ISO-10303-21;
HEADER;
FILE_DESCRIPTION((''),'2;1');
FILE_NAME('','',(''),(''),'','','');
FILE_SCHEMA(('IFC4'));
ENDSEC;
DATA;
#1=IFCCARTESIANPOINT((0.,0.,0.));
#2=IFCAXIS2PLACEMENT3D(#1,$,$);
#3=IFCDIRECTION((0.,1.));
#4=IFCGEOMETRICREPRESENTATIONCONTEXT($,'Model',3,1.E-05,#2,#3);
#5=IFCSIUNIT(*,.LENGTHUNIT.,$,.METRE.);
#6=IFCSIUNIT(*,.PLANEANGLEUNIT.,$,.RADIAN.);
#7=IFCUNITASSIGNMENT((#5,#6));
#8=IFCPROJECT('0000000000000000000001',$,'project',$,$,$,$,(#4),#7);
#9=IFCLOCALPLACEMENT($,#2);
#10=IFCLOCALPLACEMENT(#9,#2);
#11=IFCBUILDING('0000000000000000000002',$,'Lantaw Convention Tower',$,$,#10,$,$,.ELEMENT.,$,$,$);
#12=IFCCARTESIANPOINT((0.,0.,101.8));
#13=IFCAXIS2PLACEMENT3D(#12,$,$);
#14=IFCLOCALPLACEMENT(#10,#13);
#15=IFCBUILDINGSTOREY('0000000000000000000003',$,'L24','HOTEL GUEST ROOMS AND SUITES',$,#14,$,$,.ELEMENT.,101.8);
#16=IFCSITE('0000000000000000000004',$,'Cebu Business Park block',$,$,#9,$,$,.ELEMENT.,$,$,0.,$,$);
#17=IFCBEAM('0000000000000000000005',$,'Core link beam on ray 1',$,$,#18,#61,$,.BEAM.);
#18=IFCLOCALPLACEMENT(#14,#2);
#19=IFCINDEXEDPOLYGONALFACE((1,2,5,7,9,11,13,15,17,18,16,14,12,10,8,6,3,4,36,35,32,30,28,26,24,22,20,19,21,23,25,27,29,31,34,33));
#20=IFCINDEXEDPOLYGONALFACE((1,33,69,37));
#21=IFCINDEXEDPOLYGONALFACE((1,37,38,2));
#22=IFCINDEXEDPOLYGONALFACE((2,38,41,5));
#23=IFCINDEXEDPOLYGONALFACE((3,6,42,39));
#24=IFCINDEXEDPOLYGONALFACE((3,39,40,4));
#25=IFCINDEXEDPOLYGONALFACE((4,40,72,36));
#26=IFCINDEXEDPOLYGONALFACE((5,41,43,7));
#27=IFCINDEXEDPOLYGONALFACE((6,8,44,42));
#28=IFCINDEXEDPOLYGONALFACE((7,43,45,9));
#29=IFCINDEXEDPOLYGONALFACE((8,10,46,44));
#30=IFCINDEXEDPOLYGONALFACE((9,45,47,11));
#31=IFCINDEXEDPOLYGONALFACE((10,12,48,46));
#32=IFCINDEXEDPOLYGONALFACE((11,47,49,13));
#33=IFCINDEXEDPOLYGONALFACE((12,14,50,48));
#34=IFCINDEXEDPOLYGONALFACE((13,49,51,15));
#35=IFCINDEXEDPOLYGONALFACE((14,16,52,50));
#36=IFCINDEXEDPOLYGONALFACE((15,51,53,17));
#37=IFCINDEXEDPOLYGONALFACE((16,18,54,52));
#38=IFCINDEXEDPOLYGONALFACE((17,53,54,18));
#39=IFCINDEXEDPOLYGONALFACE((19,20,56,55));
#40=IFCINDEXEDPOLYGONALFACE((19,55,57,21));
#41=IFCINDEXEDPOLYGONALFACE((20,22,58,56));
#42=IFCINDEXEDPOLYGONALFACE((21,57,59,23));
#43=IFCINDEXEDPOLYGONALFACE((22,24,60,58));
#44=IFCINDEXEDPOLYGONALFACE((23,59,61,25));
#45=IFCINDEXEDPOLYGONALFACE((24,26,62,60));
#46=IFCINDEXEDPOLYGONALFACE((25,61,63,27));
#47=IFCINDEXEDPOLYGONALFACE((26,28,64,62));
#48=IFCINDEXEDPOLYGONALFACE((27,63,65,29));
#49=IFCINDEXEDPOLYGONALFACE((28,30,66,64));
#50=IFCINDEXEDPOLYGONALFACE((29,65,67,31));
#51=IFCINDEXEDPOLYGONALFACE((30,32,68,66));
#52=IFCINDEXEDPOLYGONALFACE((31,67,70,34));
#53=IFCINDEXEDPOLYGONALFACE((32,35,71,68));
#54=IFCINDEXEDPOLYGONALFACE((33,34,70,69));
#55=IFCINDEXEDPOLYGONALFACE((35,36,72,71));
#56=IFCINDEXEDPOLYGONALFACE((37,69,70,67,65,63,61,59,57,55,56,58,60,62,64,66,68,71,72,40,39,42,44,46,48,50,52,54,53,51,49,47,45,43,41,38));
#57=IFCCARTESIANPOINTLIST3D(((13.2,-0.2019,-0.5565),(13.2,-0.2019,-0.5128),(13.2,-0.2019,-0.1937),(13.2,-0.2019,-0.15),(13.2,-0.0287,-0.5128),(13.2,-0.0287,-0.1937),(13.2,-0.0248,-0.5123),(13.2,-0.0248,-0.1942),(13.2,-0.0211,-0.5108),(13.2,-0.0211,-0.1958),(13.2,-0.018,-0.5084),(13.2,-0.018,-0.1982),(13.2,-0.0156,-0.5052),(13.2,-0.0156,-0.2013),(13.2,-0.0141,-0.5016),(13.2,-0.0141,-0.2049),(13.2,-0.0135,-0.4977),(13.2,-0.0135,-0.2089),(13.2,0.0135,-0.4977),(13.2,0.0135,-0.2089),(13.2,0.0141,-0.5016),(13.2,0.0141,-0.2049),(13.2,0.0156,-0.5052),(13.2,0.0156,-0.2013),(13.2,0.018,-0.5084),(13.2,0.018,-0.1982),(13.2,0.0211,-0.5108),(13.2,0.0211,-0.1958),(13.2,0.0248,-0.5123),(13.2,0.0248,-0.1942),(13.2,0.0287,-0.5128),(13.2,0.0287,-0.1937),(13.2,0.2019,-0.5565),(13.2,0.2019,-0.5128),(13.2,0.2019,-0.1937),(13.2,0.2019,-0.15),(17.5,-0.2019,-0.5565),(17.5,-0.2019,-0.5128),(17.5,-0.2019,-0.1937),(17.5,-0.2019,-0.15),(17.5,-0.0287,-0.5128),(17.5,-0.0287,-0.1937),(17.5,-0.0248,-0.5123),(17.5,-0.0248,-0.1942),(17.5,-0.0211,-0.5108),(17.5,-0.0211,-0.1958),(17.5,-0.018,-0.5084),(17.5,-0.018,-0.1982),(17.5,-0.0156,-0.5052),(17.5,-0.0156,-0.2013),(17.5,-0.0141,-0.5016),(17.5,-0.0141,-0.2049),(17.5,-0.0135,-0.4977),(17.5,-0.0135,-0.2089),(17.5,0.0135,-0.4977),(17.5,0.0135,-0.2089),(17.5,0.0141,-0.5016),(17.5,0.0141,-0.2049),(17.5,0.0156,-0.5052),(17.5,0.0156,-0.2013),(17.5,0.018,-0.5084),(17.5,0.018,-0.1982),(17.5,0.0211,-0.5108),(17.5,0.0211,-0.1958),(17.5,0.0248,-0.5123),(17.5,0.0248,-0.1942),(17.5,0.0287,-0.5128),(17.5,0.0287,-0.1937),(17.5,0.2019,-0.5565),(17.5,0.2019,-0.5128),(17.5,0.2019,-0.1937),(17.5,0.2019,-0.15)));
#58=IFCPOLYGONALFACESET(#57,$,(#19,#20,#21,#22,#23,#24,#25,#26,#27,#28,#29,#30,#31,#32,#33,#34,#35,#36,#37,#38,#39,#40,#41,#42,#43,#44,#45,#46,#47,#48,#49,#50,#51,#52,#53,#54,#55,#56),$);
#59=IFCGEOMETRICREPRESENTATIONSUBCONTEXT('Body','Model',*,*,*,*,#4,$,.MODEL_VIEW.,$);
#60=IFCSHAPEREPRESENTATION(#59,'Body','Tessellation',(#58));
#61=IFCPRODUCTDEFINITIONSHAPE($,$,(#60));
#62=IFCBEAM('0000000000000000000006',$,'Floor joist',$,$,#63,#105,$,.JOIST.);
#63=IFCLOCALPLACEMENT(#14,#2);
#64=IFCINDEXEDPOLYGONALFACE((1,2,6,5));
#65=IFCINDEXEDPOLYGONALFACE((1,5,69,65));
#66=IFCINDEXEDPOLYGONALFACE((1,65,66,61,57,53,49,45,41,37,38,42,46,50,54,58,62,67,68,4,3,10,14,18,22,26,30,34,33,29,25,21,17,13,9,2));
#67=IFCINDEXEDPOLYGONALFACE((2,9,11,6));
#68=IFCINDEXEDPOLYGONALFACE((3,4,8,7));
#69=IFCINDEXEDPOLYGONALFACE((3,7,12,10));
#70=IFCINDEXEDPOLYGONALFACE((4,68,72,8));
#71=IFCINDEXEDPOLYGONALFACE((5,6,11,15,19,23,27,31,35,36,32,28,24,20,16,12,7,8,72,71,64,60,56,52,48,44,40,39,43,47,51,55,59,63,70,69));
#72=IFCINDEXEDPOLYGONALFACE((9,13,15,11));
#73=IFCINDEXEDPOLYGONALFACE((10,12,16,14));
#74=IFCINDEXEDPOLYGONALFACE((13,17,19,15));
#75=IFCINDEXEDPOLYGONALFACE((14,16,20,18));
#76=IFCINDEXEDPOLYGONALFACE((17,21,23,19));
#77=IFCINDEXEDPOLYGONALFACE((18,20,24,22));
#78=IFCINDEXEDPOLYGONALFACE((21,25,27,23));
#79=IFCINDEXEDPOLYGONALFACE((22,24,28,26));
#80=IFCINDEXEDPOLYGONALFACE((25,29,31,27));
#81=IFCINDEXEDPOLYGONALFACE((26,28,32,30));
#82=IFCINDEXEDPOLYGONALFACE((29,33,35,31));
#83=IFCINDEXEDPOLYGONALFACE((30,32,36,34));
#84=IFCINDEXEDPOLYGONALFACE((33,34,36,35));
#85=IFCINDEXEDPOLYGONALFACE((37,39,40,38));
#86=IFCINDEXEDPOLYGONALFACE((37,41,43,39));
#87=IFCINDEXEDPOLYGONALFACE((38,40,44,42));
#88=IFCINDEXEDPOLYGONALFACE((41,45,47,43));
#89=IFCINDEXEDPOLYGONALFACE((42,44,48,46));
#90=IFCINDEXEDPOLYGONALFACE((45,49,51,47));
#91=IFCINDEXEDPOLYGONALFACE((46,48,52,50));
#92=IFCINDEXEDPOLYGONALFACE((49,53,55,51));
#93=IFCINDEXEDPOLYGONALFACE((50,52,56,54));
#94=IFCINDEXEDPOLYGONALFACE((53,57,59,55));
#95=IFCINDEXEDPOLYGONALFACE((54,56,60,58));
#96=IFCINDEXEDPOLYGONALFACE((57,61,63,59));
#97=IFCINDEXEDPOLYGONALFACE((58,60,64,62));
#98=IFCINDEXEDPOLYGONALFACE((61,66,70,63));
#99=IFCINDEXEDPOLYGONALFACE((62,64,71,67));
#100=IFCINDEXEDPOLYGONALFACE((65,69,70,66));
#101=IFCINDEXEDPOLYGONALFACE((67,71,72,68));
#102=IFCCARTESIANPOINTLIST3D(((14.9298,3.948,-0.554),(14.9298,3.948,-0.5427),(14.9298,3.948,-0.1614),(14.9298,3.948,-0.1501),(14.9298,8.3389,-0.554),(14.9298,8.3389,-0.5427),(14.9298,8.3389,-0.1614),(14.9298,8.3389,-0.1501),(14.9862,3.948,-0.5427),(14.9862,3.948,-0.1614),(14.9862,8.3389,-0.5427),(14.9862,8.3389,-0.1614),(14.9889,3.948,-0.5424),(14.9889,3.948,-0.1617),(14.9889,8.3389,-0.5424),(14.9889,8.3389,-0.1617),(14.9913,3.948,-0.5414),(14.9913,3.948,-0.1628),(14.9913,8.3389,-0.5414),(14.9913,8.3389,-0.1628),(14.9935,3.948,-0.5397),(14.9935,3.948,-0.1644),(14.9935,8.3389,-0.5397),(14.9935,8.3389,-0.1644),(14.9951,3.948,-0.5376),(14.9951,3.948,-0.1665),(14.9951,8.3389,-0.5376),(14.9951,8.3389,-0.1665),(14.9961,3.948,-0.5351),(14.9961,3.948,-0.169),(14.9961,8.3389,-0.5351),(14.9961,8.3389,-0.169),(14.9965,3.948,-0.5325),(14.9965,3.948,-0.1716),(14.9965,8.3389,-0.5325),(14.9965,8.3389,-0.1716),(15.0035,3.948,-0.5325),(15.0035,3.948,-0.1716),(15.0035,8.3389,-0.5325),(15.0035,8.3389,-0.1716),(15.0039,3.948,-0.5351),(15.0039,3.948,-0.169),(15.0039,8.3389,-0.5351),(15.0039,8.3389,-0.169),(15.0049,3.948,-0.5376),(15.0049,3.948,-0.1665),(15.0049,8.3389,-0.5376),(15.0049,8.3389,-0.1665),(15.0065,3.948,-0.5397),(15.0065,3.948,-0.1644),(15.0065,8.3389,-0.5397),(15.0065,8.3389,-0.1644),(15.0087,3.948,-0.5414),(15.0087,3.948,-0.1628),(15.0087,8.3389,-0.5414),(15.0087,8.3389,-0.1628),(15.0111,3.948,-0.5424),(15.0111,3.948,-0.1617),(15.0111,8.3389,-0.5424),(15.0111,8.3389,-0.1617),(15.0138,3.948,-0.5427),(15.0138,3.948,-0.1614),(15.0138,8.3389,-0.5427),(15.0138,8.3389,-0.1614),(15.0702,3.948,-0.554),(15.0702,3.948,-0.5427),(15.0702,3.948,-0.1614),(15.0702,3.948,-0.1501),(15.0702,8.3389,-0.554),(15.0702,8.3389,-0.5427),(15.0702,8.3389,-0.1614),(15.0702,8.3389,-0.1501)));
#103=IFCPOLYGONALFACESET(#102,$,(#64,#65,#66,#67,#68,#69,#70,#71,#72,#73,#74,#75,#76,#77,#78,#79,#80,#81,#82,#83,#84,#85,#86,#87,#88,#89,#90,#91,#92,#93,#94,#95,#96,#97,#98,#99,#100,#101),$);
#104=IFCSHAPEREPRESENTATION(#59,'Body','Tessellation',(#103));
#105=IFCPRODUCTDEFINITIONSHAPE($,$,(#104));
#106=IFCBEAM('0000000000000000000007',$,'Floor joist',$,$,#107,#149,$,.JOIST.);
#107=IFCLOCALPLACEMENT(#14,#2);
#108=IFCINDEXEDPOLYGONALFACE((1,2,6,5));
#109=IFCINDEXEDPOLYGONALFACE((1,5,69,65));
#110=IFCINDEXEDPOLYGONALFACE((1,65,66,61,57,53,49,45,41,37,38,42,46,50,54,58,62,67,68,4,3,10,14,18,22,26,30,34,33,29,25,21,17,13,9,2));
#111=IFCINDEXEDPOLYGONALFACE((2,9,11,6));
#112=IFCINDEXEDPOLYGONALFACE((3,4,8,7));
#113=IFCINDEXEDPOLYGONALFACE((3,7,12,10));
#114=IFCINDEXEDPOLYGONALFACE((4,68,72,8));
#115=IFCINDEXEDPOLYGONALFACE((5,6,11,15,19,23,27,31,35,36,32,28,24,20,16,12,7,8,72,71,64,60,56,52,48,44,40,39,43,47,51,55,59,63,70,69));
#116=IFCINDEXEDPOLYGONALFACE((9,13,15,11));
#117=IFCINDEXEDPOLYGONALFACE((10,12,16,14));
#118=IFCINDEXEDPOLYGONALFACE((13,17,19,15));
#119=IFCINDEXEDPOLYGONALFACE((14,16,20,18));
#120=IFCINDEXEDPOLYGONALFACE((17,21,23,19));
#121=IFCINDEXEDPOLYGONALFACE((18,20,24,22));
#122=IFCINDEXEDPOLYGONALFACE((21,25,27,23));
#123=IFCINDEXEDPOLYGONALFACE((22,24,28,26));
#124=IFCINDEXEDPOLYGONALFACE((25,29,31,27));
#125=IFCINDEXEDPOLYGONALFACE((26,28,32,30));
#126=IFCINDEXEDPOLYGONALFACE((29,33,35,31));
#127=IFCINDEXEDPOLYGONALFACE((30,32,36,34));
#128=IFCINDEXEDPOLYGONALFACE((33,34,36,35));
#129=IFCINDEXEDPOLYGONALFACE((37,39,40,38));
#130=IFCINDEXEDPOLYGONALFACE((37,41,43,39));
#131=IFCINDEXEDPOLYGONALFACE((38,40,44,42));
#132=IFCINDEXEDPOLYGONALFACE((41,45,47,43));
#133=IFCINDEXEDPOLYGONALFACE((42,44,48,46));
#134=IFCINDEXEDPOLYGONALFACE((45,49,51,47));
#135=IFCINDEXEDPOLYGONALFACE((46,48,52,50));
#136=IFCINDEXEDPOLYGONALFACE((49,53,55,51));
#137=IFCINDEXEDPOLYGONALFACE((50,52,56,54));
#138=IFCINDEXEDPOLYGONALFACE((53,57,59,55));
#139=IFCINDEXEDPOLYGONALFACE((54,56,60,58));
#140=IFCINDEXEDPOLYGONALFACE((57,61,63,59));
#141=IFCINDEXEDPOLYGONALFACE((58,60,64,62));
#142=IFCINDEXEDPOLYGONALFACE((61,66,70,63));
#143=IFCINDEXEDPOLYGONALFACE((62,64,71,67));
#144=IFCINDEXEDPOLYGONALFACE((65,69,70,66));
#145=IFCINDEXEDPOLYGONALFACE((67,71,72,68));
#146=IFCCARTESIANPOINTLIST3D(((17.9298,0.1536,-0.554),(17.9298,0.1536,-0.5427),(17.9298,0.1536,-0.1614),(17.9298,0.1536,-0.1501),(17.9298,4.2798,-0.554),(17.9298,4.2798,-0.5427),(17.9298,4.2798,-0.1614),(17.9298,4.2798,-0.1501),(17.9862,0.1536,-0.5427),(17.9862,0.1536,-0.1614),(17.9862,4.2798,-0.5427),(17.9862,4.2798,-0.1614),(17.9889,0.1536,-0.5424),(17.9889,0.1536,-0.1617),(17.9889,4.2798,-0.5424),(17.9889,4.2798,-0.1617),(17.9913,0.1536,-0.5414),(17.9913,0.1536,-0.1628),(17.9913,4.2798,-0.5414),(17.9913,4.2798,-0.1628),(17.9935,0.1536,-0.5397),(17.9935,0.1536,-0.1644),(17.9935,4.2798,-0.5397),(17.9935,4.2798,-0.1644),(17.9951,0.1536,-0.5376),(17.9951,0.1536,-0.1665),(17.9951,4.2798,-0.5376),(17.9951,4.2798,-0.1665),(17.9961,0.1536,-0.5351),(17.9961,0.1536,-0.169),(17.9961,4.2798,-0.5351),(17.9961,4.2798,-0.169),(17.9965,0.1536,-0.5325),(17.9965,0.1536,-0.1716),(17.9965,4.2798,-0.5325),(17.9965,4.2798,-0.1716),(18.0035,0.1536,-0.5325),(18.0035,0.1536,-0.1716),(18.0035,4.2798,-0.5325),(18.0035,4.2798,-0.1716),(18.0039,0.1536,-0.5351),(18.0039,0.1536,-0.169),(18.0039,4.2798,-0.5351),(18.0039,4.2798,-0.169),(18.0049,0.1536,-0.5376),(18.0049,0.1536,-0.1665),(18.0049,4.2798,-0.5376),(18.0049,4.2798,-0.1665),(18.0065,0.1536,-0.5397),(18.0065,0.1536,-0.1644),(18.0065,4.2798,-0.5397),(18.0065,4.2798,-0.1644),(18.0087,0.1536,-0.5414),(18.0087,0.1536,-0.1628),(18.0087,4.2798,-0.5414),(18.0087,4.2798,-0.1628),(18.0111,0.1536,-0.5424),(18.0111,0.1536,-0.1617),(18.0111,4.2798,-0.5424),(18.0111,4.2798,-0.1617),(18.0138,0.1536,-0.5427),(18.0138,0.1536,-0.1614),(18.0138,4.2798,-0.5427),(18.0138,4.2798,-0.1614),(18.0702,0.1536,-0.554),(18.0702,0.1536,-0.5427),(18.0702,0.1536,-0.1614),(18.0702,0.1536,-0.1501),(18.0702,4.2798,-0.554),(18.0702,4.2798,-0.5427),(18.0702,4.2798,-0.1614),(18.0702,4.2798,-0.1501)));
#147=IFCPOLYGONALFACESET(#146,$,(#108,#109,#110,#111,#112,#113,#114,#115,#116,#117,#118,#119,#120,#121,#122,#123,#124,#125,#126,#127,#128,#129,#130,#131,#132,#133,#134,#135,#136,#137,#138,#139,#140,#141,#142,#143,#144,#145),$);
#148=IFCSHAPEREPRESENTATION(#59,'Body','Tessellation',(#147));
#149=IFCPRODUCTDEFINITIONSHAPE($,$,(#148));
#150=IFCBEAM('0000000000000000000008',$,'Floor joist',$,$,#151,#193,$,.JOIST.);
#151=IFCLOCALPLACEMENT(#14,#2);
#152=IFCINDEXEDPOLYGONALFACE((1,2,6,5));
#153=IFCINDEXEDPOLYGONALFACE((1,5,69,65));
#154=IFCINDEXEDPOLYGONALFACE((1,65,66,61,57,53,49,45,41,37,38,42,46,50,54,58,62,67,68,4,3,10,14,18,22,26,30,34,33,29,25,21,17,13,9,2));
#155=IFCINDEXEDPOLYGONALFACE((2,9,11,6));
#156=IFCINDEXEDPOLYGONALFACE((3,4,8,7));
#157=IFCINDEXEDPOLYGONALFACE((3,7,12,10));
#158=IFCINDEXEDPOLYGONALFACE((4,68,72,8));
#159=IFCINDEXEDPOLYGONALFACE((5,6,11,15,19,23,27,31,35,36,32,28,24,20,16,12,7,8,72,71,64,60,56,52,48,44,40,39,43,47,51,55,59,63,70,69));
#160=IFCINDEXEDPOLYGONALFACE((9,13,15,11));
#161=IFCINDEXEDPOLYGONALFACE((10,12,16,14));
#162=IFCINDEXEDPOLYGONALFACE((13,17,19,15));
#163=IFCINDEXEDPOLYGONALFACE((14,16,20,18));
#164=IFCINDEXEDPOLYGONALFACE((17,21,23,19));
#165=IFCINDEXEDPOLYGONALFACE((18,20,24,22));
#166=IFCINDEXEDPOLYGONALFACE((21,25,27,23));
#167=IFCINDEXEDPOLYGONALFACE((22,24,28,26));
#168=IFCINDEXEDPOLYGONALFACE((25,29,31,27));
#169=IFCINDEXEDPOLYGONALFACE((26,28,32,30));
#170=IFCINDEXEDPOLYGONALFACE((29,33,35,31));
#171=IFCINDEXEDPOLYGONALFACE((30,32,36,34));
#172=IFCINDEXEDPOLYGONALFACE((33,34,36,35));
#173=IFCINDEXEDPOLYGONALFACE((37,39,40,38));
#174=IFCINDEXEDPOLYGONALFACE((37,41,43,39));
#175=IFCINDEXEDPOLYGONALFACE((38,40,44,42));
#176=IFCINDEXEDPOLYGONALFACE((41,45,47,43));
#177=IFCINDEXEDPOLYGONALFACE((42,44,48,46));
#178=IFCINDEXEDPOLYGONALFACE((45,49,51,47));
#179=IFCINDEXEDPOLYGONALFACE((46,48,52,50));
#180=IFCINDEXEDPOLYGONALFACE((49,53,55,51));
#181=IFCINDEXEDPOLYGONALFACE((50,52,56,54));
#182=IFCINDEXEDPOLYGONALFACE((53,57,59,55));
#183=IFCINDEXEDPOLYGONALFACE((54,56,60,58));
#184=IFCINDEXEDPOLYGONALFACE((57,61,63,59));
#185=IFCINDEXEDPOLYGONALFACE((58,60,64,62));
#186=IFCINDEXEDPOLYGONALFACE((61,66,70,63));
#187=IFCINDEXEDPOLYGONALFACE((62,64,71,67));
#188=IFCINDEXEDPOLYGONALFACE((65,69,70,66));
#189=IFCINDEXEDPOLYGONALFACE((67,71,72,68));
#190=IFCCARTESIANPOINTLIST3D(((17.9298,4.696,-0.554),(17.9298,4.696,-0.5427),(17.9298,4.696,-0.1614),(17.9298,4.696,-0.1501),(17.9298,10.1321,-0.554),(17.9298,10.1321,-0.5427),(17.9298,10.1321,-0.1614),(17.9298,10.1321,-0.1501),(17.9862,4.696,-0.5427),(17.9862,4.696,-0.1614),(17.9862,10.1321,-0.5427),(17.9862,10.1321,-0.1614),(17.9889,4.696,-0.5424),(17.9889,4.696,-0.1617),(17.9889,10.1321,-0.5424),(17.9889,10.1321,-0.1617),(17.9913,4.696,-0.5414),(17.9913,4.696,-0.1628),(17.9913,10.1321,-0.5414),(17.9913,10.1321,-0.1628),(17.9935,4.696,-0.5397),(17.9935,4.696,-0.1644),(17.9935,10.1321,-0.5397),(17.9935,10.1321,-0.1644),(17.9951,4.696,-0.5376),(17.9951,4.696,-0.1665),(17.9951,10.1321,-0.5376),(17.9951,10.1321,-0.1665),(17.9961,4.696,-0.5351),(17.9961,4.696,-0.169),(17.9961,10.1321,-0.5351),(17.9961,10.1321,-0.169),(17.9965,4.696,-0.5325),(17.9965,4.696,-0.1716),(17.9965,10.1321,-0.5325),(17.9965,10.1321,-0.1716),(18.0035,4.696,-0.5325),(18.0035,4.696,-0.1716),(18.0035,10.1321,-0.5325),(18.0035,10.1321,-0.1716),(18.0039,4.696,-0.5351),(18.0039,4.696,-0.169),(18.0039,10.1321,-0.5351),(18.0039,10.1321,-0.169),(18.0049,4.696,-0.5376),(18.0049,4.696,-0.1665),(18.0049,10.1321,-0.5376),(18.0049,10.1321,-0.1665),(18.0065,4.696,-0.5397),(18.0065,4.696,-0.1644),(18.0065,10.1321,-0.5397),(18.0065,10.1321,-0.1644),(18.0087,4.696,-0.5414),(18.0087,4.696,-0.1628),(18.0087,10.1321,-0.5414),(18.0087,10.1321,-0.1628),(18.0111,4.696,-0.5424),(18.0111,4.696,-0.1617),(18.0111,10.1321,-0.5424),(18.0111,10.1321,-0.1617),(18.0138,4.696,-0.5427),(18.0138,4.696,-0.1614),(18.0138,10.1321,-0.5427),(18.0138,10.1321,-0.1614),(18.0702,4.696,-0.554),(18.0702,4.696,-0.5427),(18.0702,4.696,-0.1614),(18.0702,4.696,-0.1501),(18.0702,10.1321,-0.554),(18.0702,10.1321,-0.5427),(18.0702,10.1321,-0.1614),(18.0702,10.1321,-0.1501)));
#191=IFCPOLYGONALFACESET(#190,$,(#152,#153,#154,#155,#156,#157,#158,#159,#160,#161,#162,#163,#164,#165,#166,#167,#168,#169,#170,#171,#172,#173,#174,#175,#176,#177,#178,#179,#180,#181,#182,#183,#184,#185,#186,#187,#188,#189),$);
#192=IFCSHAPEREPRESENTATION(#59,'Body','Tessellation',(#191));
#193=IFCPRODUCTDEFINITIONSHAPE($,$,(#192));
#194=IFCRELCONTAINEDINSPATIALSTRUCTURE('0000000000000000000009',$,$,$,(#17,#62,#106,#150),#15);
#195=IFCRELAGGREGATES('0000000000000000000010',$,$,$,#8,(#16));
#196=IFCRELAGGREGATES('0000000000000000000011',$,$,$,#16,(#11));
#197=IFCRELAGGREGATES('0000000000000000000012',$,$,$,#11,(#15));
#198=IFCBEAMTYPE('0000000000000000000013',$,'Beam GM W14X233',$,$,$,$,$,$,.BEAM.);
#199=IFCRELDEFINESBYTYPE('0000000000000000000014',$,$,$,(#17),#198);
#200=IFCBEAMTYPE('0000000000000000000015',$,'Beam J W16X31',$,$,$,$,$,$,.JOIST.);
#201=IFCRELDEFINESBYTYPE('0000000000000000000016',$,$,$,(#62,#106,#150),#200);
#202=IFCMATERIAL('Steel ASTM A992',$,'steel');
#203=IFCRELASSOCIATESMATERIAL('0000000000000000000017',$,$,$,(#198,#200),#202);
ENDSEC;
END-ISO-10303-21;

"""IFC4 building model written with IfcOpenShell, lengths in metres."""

from ifc_helpers import new_model, si_unit, direction, frame, origin, origin_2d, place, context, subcontext, project, spatial, i_section, extrude, material, material_profile, profile_set, type_object, element, save


model = new_model("IFC4")

# Units and contexts
model_context = context("Model", 3, precision=1e-05, world=origin(), true_north=direction((0.0, 1.0)))
body_context = subcontext(model_context, "Body", "Model", "MODEL_VIEW")
ifc_project = project(units=[si_unit("LENGTHUNIT", "METRE"), si_unit("PLANEANGLEUNIT", "RADIAN")], contexts=[model_context])

# Site, building, storey
site_placement = place(None, origin())
site = spatial("IfcSite", under=ifc_project, at=site_placement, Name="Cebu Business Park block", CompositionType="ELEMENT", RefElevation=0.0)
building_placement = place(site_placement, origin())
building = spatial("IfcBuilding", under=site, at=building_placement, Name="Lantaw Convention Tower", CompositionType="ELEMENT")
storey_placement = place(building_placement, frame((0.0, 0.0, 101.8)))
storey = spatial("IfcBuildingStorey", under=building, at=storey_placement, Name="L24", Description="HOTEL GUEST ROOMS AND SUITES", CompositionType="ELEMENT", Elevation=101.8)

# Beams
ifc_material_1 = material(Name="Steel ASTM A992", Category="steel")
ifc_material_profile_1 = material_profile(ifc_material_1, i_section(OverallWidth=0.4038, OverallDepth=0.4065, WebThickness=0.0271, FlangeThickness=0.0437, FilletRadius=0.0151, at=origin_2d()), Name="W14X233")
ifc_profile_set_1 = profile_set([ifc_material_profile_1], Name="Steel ASTM A992")
beam_type_1 = type_object("IfcBeamType", Name="Beam GM W14X233", PredefinedType="BEAM", material=ifc_profile_set_1)
beam_1_placement = place(storey_placement, frame((13.2, 0.0, -0.3533), z_axis=(1.0, 0.0, 0.0), x_axis=(0.0, 1.0, 0.0)))
element("IfcBeam", 1, at=beam_1_placement, inside=storey, type_object=beam_type_1, Name="Core link beam on ray 1", PredefinedType="BEAM", context=body_context, shape_type="SweptSolid", body=[
    extrude(i_section(OverallWidth=0.4038, OverallDepth=0.4065, WebThickness=0.0271, FlangeThickness=0.0437, FilletRadius=0.0151, at=origin_2d()), origin(), (0.0, 0.0, 1.0), 4.3),
])
ifc_material_profile_2 = material_profile(ifc_material_1, i_section(OverallWidth=0.1404, OverallDepth=0.4038, WebThickness=0.0071, FlangeThickness=0.0112, FilletRadius=0.0103, at=origin_2d()), Name="W16X31")
ifc_profile_set_2 = profile_set([ifc_material_profile_2], Name="Steel ASTM A992")
beam_type_2 = type_object("IfcBeamType", Name="Beam J W16X31", PredefinedType="JOIST", material=ifc_profile_set_2)
beam_2_placement = place(storey_placement, frame((15.0, 3.948, -0.3521), z_axis=(0.0, 1.0, 0.0), x_axis=(-1.0, 0.0, 0.0)))
element("IfcBeam", 2, at=beam_2_placement, inside=storey, type_object=beam_type_2, Name="Floor joist", PredefinedType="JOIST", context=body_context, shape_type="SweptSolid", body=[
    extrude(i_section(OverallWidth=0.1404, OverallDepth=0.4038, WebThickness=0.0071, FlangeThickness=0.0112, FilletRadius=0.0103, at=origin_2d()), origin(), (0.0, 0.0, 1.0), 4.3909),
])
beam_3_placement = place(storey_placement, frame((18.0, 0.1536, -0.3521), z_axis=(0.0, 1.0, 0.0), x_axis=(-1.0, 0.0, 0.0)))
element("IfcBeam", 3, at=beam_3_placement, inside=storey, type_object=beam_type_2, Name="Floor joist", PredefinedType="JOIST", context=body_context, shape_type="SweptSolid", body=[
    extrude(i_section(OverallWidth=0.1404, OverallDepth=0.4038, WebThickness=0.0071, FlangeThickness=0.0112, FilletRadius=0.0103, at=origin_2d()), origin(), (0.0, 0.0, 1.0), 4.1262),
])
beam_4_placement = place(storey_placement, frame((18.0, 4.696, -0.3521), z_axis=(0.0, 1.0, 0.0), x_axis=(-1.0, 0.0, 0.0)))
element("IfcBeam", 4, at=beam_4_placement, inside=storey, type_object=beam_type_2, Name="Floor joist", PredefinedType="JOIST", context=body_context, shape_type="SweptSolid", body=[
    extrude(i_section(OverallWidth=0.1404, OverallDepth=0.4038, WebThickness=0.0071, FlangeThickness=0.0112, FilletRadius=0.0103, at=origin_2d()), origin(), (0.0, 0.0, 1.0), 5.436),
])

save(model, "model.ifc")
